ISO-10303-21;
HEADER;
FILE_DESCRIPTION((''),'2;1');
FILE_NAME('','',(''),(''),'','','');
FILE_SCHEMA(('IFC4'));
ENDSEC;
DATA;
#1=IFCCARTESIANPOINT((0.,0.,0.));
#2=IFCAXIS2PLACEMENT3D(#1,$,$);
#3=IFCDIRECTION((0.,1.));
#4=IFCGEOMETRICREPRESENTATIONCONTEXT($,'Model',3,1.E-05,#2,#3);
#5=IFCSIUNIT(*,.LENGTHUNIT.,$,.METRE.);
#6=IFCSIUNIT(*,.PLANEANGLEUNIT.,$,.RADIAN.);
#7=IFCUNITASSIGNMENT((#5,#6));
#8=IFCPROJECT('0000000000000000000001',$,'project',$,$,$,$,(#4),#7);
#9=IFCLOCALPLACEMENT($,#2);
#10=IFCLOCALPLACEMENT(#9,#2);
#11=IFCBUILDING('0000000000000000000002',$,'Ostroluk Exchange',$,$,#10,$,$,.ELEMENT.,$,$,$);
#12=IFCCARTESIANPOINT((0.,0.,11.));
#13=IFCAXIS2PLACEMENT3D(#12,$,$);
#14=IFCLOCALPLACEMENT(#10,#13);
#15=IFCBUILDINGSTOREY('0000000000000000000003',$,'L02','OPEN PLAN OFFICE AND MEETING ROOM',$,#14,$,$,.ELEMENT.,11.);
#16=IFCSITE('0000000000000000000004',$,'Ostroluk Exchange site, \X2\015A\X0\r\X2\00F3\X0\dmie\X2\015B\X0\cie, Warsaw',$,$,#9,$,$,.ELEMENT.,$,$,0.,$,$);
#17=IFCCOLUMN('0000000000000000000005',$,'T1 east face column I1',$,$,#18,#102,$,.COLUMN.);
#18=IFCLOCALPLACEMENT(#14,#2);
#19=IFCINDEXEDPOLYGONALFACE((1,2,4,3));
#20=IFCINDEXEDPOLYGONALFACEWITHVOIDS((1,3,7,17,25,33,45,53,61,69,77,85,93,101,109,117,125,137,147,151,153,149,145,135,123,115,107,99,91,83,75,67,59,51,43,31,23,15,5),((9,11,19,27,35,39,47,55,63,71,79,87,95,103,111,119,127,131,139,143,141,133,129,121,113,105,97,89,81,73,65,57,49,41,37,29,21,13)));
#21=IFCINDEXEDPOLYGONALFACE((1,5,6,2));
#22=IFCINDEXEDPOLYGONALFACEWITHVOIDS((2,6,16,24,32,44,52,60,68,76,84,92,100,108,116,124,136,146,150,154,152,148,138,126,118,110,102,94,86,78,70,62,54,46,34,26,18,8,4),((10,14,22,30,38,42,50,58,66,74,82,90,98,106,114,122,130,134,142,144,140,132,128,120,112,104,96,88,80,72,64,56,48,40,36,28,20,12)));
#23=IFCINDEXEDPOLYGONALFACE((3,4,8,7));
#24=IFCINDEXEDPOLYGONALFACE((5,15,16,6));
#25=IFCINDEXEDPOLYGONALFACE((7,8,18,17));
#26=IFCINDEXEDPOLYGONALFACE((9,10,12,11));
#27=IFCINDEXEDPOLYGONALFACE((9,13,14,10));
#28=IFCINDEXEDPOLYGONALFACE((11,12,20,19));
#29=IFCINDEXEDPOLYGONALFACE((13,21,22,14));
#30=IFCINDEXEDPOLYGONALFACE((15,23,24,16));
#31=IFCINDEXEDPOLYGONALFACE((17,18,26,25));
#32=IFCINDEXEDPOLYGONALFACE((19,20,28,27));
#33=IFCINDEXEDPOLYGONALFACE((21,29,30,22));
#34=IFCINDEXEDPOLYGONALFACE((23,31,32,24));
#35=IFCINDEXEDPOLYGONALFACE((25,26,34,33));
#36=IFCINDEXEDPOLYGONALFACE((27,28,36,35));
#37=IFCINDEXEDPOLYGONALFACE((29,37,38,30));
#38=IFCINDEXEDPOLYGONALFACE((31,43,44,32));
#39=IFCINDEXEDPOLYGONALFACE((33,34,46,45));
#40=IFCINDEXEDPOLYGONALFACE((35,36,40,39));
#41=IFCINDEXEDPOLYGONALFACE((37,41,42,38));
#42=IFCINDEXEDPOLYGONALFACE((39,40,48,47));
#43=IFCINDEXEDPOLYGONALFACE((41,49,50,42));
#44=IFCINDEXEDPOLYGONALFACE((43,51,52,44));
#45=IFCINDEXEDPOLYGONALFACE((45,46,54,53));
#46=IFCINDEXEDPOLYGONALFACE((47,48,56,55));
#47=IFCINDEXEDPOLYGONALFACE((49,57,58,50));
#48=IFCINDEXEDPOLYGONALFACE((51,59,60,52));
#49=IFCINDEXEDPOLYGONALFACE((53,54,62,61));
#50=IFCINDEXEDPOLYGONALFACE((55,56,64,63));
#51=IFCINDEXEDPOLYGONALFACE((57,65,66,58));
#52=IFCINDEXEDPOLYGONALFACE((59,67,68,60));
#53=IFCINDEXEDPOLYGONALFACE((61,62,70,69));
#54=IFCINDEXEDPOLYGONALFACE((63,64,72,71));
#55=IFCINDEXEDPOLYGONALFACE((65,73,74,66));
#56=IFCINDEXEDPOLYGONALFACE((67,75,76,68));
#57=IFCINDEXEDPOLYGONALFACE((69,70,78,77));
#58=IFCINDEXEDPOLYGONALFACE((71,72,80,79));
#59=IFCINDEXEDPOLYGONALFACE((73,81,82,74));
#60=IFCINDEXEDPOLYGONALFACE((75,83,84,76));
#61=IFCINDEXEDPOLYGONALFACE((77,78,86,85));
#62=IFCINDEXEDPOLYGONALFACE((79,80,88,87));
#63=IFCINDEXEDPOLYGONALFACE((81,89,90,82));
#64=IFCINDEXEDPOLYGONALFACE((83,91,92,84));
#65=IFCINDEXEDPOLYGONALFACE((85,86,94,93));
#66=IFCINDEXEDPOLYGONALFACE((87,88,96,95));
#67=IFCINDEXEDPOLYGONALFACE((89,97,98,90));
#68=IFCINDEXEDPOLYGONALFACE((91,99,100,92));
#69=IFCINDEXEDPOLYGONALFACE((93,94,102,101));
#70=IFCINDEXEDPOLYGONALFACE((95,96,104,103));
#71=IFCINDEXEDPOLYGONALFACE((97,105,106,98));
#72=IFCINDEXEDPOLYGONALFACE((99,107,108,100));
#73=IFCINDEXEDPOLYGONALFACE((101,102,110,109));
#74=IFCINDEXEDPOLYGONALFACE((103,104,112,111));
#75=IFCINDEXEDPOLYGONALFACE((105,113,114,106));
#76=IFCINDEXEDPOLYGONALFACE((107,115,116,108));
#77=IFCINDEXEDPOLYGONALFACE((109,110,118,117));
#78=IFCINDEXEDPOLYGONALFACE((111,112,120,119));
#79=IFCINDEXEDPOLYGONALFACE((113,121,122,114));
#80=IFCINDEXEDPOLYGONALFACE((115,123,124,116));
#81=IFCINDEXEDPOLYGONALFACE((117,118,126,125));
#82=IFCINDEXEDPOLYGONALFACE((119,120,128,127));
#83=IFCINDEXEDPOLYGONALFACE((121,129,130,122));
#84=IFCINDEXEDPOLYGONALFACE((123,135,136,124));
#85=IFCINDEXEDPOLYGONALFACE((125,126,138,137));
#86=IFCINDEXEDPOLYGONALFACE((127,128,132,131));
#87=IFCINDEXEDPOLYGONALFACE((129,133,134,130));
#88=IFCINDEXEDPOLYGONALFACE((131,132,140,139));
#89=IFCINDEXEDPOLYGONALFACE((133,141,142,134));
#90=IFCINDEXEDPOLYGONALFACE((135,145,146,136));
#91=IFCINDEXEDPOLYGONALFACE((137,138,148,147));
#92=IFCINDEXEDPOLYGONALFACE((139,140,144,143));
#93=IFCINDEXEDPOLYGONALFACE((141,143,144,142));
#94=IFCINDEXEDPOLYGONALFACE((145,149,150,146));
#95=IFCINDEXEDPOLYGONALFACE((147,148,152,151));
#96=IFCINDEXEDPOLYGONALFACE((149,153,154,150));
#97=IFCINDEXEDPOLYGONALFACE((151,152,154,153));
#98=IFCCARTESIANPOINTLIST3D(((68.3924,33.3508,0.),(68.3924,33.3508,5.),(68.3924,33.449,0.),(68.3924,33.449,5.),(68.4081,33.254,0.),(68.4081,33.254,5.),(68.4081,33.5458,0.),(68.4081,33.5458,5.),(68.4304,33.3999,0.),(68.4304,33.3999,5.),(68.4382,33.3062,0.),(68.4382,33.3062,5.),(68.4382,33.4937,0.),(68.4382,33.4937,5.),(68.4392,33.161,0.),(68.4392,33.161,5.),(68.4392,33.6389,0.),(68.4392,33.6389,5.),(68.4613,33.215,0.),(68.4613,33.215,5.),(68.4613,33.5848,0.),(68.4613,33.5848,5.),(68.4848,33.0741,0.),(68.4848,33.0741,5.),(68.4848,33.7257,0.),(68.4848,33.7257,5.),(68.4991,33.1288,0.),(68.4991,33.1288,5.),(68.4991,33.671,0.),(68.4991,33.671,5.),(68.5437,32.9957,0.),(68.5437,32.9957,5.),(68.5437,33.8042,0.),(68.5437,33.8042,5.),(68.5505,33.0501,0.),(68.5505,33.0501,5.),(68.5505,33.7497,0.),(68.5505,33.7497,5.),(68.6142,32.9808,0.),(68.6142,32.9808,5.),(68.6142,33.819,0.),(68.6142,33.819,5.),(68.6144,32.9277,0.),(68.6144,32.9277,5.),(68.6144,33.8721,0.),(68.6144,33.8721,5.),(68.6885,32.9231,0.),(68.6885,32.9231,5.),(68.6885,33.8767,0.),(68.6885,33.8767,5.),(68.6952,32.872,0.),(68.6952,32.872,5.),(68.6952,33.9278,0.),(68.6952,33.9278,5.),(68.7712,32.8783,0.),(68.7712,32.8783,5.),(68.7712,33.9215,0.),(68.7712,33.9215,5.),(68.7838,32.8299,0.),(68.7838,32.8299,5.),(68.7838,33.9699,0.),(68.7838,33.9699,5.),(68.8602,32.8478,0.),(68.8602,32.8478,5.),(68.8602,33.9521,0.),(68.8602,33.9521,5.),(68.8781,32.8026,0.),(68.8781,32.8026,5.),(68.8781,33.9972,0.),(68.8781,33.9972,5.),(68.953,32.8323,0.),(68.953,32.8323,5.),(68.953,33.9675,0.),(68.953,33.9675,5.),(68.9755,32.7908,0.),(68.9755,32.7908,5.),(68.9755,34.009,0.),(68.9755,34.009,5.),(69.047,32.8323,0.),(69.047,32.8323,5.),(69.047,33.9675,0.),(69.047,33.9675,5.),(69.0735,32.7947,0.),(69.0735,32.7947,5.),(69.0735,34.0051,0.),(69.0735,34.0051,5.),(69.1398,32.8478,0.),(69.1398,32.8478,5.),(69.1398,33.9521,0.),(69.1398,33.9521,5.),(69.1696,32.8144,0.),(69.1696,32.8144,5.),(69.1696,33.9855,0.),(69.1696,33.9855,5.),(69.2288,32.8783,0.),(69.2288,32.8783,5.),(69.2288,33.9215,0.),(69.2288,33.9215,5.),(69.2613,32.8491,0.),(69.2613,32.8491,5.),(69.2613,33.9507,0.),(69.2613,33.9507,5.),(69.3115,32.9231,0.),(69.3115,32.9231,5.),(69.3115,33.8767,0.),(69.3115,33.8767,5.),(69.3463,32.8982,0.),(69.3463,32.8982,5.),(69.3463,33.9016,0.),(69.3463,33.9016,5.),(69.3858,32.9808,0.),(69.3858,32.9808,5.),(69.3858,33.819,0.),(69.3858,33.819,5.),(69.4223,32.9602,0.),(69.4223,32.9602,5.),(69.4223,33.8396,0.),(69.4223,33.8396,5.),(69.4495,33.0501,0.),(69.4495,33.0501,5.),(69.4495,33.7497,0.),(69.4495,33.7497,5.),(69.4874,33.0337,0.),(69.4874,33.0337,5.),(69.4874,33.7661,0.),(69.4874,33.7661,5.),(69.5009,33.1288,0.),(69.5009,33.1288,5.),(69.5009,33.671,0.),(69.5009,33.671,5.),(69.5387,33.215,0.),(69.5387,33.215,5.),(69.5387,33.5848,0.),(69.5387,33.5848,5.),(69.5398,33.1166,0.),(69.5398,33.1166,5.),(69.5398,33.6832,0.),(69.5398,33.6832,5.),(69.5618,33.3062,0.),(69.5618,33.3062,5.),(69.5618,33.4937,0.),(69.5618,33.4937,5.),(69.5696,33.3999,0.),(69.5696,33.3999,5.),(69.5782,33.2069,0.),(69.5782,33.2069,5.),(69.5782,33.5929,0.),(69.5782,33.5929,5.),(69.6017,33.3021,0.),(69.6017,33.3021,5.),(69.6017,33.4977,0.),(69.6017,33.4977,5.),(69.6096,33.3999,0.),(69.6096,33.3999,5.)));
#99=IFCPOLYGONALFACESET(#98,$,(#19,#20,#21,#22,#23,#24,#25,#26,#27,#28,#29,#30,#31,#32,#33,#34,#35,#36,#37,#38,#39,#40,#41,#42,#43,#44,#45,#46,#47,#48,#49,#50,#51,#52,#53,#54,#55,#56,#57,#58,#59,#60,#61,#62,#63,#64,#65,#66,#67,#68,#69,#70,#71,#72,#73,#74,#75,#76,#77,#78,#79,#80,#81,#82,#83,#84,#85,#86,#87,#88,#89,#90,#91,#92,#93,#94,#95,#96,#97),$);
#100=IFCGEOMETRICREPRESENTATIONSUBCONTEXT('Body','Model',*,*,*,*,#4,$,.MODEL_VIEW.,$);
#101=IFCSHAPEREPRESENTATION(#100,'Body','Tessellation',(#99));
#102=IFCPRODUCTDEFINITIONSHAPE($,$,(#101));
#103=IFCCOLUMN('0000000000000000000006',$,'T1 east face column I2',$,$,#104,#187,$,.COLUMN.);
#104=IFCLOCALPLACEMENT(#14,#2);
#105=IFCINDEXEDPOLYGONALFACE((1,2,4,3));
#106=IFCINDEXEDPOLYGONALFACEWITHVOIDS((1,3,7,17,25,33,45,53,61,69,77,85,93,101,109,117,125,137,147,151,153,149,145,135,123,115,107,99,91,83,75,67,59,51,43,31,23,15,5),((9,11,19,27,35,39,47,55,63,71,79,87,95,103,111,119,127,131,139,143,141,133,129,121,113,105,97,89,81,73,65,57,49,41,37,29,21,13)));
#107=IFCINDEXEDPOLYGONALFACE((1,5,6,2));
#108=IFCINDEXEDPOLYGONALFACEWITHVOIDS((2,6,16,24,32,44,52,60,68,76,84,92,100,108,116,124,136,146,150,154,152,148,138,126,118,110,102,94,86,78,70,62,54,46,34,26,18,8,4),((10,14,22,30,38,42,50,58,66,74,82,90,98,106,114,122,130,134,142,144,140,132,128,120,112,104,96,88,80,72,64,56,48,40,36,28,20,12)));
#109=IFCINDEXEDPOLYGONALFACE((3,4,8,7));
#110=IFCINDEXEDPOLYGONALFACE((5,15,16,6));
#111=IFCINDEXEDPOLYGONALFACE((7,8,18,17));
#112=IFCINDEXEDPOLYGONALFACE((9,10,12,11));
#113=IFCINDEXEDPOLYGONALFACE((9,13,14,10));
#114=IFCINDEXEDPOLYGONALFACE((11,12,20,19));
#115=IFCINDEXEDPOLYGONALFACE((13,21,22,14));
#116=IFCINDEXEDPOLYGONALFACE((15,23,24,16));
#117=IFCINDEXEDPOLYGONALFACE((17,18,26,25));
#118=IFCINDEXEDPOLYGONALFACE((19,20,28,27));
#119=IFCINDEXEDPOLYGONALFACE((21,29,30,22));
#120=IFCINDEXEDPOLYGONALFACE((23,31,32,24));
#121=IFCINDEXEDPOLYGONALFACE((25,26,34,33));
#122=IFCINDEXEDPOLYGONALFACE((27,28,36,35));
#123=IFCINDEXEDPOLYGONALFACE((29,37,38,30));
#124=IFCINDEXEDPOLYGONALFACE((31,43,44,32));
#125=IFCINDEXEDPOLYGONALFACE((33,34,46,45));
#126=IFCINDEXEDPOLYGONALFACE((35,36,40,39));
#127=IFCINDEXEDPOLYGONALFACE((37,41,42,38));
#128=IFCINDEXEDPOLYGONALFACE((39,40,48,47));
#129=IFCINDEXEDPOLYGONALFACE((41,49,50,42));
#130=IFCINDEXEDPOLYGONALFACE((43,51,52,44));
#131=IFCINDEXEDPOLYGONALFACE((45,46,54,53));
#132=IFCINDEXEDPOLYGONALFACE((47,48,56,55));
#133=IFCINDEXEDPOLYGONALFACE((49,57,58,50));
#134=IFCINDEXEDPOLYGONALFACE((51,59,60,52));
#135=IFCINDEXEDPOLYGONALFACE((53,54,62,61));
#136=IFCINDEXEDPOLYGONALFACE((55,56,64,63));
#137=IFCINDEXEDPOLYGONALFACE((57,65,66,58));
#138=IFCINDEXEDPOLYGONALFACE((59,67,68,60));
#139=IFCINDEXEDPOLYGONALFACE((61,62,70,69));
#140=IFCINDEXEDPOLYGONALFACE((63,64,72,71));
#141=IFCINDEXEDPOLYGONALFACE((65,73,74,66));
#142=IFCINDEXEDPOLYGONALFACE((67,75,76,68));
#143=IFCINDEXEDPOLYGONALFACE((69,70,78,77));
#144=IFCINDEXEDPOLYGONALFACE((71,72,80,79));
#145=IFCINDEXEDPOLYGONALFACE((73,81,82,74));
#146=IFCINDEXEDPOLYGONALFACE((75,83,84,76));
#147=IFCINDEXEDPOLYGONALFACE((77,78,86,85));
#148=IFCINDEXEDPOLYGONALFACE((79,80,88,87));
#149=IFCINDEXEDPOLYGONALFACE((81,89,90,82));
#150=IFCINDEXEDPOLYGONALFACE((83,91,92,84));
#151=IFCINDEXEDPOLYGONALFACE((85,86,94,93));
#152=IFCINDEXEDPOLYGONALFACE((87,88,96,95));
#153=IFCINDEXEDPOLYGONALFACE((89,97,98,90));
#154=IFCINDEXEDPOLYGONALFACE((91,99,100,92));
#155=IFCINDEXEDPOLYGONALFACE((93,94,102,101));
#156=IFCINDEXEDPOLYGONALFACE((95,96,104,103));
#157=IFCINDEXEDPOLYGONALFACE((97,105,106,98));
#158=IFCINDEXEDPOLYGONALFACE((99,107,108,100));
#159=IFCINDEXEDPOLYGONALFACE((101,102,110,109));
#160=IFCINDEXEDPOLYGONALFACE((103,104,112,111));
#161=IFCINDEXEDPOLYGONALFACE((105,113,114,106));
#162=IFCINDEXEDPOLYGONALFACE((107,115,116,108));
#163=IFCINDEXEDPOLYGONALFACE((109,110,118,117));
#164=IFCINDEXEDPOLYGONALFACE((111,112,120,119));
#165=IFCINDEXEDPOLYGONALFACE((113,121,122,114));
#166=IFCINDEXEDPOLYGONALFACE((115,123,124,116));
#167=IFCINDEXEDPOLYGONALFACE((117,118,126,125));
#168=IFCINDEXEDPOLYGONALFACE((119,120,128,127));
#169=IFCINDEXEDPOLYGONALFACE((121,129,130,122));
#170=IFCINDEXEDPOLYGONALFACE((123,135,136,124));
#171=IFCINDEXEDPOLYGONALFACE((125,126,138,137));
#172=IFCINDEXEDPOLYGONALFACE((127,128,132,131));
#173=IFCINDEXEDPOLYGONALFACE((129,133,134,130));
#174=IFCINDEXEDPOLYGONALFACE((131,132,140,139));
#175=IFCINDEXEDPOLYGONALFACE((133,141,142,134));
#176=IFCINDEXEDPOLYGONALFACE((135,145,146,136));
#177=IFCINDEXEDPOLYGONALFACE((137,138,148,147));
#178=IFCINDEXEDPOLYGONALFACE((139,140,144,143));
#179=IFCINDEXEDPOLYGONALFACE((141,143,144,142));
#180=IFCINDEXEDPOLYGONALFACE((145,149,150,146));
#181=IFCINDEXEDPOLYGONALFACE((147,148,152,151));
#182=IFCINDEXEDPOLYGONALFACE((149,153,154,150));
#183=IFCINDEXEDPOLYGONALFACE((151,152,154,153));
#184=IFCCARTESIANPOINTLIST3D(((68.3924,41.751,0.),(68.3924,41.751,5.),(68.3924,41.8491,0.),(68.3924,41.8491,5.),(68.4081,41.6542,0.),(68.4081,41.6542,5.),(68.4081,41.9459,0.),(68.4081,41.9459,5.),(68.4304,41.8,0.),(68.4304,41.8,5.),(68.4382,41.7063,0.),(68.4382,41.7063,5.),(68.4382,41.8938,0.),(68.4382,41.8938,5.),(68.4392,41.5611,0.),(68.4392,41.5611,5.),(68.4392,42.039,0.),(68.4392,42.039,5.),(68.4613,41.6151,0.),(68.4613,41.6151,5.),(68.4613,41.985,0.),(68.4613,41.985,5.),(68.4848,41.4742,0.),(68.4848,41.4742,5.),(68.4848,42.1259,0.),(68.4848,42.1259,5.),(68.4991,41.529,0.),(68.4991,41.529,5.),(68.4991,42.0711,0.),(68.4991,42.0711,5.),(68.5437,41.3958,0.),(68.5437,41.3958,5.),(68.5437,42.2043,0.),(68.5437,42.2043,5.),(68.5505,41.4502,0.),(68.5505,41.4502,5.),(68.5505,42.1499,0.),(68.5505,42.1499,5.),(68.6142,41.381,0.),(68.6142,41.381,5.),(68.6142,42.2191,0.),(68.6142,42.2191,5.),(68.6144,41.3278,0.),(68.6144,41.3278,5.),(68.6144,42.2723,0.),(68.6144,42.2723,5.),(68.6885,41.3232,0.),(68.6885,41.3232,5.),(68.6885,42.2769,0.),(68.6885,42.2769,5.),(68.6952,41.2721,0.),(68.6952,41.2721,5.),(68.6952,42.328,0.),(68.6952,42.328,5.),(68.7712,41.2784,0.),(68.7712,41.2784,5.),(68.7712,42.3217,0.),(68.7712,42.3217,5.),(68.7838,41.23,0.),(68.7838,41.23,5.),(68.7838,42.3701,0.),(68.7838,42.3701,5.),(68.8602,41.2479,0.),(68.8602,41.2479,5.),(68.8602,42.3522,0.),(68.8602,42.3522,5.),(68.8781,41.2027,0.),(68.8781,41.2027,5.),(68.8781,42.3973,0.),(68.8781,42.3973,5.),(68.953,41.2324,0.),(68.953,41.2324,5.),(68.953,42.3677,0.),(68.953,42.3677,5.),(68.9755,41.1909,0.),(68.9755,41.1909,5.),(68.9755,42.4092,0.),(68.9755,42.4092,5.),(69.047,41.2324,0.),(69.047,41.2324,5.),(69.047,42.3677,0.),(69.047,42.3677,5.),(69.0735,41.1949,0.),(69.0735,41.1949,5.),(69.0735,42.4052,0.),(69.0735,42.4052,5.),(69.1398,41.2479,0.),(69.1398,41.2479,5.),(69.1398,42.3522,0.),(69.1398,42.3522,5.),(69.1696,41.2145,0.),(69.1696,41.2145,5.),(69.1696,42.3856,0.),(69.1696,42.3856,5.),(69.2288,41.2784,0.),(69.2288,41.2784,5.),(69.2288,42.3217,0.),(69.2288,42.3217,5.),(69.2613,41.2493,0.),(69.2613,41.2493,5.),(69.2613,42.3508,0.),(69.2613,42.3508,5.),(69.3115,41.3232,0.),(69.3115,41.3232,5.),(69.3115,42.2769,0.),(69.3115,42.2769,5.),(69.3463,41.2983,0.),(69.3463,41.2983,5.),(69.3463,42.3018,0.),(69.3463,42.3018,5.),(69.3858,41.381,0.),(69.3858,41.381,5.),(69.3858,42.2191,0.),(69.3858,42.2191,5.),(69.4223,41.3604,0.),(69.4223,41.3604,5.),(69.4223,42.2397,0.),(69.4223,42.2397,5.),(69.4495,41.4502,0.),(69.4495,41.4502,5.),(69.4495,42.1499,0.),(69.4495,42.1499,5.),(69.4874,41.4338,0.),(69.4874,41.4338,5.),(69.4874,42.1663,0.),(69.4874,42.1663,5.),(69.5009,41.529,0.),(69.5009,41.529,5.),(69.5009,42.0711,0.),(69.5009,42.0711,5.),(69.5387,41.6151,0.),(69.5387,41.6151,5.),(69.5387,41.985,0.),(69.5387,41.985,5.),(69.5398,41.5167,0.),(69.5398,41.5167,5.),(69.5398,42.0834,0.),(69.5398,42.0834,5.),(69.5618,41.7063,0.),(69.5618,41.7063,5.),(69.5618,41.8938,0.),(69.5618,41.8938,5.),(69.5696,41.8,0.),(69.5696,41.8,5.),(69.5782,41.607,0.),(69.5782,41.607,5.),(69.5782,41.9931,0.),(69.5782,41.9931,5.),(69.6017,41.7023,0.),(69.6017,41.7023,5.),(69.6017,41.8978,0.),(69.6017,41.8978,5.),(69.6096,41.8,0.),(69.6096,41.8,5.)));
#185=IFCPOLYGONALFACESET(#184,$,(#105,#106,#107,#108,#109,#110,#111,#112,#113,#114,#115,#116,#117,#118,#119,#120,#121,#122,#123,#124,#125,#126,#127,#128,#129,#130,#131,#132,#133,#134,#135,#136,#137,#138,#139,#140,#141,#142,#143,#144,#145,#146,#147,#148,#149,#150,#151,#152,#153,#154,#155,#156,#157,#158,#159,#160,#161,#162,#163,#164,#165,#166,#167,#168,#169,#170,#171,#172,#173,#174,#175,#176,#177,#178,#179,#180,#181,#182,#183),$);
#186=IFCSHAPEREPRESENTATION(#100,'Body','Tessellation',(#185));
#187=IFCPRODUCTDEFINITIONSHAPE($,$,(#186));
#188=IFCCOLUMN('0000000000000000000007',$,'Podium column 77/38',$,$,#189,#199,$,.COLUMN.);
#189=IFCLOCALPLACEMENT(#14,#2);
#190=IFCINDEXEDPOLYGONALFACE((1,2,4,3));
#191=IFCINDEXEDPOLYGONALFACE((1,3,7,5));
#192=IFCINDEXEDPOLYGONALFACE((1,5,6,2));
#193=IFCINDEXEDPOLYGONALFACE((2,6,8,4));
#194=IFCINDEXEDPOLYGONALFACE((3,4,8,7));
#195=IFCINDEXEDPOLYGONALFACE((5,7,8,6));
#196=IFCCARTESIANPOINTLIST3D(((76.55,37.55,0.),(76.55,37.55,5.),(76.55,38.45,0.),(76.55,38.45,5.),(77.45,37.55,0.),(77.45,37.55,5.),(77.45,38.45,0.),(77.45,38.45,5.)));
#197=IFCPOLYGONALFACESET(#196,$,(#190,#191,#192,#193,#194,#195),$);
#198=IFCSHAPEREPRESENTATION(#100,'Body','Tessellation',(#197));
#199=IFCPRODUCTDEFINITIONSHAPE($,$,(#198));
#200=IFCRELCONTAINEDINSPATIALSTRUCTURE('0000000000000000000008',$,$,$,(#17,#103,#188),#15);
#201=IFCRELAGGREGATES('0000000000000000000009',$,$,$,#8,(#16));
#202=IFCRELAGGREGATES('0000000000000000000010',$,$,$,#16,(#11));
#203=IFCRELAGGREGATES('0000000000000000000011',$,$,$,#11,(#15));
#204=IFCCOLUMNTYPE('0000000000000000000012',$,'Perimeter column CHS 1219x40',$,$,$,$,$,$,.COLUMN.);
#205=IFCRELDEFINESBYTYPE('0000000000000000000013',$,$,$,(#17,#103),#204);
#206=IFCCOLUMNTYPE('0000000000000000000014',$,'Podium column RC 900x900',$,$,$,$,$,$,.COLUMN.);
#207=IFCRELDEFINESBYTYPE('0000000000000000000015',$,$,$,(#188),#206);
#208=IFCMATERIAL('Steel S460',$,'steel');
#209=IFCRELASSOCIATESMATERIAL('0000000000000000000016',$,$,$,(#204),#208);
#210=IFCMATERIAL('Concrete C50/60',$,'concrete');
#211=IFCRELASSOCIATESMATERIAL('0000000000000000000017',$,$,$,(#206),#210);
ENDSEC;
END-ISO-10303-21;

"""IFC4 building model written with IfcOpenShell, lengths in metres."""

from ifc_helpers import new_model, si_unit, direction, frame, origin, origin_2d, place, context, subcontext, project, spatial, rectangle, hollow_circle, extrude, material, material_profile, profile_set, type_object, element, save


model = new_model("IFC4")

# Units and contexts
model_context = context("Model", 3, precision=1e-05, world=origin(), true_north=direction((0.0, 1.0)))
body_context = subcontext(model_context, "Body", "Model", "MODEL_VIEW")
ifc_project = project(units=[si_unit("LENGTHUNIT", "METRE"), si_unit("PLANEANGLEUNIT", "RADIAN")], contexts=[model_context])

# Site, building, storey
site_placement = place(None, origin())
site = spatial("IfcSite", under=ifc_project, at=site_placement, Name="Ostroluk Exchange site, Śródmieście, Warsaw", CompositionType="ELEMENT", RefElevation=0.0)
building_placement = place(site_placement, origin())
building = spatial("IfcBuilding", under=site, at=building_placement, Name="Ostroluk Exchange", CompositionType="ELEMENT")
storey_placement = place(building_placement, frame((0.0, 0.0, 11.0)))
storey = spatial("IfcBuildingStorey", under=building, at=storey_placement, Name="L02", Description="OPEN PLAN OFFICE AND MEETING ROOM", CompositionType="ELEMENT", Elevation=11.0)

# Columns
ifc_material_1 = material(Name="Steel S460", Category="steel")
ifc_material_profile_1 = material_profile(ifc_material_1, hollow_circle(Radius=0.6096, WallThickness=0.04, at=origin_2d()), Name="CHS 1219x40")
ifc_profile_set_1 = profile_set([ifc_material_profile_1], Name="Steel S460")
column_type_1 = type_object("IfcColumnType", Name="Perimeter column CHS 1219x40", PredefinedType="COLUMN", material=ifc_profile_set_1)
for number, where, z_axis, x_axis, name in (
    (1, (69.0, 33.3999, 0.0), (0.0, 0.0, 1.0), (1.0, 0.0, 0.0), "T1 east face column I1"),
    (2, (69.0, 41.8, 0.0), (0.0, 0.0, 1.0), (1.0, 0.0, 0.0), "T1 east face column I2"),
):
    element("IfcColumn", number, at=place(storey_placement, frame(where, z_axis=z_axis, x_axis=x_axis)), inside=storey, type_object=column_type_1, Name=name, PredefinedType="COLUMN", context=body_context, shape_type="SweptSolid", body=[
        extrude(hollow_circle(Radius=0.6096, WallThickness=0.04, at=origin_2d()), origin(), (0.0, 0.0, 1.0), 5.0),
    ])
ifc_material_2 = material(Name="Concrete C50/60", Category="concrete")
ifc_material_profile_2 = material_profile(ifc_material_2, rectangle(XDim=0.8999, YDim=0.8999, at=origin_2d()), Name="RC 900x900")
ifc_profile_set_2 = profile_set([ifc_material_profile_2], Name="Concrete C50/60")
column_type_2 = type_object("IfcColumnType", Name="Podium column RC 900x900", PredefinedType="COLUMN", material=ifc_profile_set_2)
column_placement = place(storey_placement, frame((77.0, 38.0, 0.0), z_axis=(0.0, 0.0, 1.0), x_axis=(1.0, 0.0, 0.0)))
element("IfcColumn", 3, at=column_placement, inside=storey, type_object=column_type_2, Name="Podium column 77/38", PredefinedType="COLUMN", context=body_context, shape_type="SweptSolid", body=[
    extrude(rectangle(XDim=0.8999, YDim=0.8999, at=origin_2d()), origin(), (0.0, 0.0, 1.0), 5.0),
])

save(model, "model.ifc")
